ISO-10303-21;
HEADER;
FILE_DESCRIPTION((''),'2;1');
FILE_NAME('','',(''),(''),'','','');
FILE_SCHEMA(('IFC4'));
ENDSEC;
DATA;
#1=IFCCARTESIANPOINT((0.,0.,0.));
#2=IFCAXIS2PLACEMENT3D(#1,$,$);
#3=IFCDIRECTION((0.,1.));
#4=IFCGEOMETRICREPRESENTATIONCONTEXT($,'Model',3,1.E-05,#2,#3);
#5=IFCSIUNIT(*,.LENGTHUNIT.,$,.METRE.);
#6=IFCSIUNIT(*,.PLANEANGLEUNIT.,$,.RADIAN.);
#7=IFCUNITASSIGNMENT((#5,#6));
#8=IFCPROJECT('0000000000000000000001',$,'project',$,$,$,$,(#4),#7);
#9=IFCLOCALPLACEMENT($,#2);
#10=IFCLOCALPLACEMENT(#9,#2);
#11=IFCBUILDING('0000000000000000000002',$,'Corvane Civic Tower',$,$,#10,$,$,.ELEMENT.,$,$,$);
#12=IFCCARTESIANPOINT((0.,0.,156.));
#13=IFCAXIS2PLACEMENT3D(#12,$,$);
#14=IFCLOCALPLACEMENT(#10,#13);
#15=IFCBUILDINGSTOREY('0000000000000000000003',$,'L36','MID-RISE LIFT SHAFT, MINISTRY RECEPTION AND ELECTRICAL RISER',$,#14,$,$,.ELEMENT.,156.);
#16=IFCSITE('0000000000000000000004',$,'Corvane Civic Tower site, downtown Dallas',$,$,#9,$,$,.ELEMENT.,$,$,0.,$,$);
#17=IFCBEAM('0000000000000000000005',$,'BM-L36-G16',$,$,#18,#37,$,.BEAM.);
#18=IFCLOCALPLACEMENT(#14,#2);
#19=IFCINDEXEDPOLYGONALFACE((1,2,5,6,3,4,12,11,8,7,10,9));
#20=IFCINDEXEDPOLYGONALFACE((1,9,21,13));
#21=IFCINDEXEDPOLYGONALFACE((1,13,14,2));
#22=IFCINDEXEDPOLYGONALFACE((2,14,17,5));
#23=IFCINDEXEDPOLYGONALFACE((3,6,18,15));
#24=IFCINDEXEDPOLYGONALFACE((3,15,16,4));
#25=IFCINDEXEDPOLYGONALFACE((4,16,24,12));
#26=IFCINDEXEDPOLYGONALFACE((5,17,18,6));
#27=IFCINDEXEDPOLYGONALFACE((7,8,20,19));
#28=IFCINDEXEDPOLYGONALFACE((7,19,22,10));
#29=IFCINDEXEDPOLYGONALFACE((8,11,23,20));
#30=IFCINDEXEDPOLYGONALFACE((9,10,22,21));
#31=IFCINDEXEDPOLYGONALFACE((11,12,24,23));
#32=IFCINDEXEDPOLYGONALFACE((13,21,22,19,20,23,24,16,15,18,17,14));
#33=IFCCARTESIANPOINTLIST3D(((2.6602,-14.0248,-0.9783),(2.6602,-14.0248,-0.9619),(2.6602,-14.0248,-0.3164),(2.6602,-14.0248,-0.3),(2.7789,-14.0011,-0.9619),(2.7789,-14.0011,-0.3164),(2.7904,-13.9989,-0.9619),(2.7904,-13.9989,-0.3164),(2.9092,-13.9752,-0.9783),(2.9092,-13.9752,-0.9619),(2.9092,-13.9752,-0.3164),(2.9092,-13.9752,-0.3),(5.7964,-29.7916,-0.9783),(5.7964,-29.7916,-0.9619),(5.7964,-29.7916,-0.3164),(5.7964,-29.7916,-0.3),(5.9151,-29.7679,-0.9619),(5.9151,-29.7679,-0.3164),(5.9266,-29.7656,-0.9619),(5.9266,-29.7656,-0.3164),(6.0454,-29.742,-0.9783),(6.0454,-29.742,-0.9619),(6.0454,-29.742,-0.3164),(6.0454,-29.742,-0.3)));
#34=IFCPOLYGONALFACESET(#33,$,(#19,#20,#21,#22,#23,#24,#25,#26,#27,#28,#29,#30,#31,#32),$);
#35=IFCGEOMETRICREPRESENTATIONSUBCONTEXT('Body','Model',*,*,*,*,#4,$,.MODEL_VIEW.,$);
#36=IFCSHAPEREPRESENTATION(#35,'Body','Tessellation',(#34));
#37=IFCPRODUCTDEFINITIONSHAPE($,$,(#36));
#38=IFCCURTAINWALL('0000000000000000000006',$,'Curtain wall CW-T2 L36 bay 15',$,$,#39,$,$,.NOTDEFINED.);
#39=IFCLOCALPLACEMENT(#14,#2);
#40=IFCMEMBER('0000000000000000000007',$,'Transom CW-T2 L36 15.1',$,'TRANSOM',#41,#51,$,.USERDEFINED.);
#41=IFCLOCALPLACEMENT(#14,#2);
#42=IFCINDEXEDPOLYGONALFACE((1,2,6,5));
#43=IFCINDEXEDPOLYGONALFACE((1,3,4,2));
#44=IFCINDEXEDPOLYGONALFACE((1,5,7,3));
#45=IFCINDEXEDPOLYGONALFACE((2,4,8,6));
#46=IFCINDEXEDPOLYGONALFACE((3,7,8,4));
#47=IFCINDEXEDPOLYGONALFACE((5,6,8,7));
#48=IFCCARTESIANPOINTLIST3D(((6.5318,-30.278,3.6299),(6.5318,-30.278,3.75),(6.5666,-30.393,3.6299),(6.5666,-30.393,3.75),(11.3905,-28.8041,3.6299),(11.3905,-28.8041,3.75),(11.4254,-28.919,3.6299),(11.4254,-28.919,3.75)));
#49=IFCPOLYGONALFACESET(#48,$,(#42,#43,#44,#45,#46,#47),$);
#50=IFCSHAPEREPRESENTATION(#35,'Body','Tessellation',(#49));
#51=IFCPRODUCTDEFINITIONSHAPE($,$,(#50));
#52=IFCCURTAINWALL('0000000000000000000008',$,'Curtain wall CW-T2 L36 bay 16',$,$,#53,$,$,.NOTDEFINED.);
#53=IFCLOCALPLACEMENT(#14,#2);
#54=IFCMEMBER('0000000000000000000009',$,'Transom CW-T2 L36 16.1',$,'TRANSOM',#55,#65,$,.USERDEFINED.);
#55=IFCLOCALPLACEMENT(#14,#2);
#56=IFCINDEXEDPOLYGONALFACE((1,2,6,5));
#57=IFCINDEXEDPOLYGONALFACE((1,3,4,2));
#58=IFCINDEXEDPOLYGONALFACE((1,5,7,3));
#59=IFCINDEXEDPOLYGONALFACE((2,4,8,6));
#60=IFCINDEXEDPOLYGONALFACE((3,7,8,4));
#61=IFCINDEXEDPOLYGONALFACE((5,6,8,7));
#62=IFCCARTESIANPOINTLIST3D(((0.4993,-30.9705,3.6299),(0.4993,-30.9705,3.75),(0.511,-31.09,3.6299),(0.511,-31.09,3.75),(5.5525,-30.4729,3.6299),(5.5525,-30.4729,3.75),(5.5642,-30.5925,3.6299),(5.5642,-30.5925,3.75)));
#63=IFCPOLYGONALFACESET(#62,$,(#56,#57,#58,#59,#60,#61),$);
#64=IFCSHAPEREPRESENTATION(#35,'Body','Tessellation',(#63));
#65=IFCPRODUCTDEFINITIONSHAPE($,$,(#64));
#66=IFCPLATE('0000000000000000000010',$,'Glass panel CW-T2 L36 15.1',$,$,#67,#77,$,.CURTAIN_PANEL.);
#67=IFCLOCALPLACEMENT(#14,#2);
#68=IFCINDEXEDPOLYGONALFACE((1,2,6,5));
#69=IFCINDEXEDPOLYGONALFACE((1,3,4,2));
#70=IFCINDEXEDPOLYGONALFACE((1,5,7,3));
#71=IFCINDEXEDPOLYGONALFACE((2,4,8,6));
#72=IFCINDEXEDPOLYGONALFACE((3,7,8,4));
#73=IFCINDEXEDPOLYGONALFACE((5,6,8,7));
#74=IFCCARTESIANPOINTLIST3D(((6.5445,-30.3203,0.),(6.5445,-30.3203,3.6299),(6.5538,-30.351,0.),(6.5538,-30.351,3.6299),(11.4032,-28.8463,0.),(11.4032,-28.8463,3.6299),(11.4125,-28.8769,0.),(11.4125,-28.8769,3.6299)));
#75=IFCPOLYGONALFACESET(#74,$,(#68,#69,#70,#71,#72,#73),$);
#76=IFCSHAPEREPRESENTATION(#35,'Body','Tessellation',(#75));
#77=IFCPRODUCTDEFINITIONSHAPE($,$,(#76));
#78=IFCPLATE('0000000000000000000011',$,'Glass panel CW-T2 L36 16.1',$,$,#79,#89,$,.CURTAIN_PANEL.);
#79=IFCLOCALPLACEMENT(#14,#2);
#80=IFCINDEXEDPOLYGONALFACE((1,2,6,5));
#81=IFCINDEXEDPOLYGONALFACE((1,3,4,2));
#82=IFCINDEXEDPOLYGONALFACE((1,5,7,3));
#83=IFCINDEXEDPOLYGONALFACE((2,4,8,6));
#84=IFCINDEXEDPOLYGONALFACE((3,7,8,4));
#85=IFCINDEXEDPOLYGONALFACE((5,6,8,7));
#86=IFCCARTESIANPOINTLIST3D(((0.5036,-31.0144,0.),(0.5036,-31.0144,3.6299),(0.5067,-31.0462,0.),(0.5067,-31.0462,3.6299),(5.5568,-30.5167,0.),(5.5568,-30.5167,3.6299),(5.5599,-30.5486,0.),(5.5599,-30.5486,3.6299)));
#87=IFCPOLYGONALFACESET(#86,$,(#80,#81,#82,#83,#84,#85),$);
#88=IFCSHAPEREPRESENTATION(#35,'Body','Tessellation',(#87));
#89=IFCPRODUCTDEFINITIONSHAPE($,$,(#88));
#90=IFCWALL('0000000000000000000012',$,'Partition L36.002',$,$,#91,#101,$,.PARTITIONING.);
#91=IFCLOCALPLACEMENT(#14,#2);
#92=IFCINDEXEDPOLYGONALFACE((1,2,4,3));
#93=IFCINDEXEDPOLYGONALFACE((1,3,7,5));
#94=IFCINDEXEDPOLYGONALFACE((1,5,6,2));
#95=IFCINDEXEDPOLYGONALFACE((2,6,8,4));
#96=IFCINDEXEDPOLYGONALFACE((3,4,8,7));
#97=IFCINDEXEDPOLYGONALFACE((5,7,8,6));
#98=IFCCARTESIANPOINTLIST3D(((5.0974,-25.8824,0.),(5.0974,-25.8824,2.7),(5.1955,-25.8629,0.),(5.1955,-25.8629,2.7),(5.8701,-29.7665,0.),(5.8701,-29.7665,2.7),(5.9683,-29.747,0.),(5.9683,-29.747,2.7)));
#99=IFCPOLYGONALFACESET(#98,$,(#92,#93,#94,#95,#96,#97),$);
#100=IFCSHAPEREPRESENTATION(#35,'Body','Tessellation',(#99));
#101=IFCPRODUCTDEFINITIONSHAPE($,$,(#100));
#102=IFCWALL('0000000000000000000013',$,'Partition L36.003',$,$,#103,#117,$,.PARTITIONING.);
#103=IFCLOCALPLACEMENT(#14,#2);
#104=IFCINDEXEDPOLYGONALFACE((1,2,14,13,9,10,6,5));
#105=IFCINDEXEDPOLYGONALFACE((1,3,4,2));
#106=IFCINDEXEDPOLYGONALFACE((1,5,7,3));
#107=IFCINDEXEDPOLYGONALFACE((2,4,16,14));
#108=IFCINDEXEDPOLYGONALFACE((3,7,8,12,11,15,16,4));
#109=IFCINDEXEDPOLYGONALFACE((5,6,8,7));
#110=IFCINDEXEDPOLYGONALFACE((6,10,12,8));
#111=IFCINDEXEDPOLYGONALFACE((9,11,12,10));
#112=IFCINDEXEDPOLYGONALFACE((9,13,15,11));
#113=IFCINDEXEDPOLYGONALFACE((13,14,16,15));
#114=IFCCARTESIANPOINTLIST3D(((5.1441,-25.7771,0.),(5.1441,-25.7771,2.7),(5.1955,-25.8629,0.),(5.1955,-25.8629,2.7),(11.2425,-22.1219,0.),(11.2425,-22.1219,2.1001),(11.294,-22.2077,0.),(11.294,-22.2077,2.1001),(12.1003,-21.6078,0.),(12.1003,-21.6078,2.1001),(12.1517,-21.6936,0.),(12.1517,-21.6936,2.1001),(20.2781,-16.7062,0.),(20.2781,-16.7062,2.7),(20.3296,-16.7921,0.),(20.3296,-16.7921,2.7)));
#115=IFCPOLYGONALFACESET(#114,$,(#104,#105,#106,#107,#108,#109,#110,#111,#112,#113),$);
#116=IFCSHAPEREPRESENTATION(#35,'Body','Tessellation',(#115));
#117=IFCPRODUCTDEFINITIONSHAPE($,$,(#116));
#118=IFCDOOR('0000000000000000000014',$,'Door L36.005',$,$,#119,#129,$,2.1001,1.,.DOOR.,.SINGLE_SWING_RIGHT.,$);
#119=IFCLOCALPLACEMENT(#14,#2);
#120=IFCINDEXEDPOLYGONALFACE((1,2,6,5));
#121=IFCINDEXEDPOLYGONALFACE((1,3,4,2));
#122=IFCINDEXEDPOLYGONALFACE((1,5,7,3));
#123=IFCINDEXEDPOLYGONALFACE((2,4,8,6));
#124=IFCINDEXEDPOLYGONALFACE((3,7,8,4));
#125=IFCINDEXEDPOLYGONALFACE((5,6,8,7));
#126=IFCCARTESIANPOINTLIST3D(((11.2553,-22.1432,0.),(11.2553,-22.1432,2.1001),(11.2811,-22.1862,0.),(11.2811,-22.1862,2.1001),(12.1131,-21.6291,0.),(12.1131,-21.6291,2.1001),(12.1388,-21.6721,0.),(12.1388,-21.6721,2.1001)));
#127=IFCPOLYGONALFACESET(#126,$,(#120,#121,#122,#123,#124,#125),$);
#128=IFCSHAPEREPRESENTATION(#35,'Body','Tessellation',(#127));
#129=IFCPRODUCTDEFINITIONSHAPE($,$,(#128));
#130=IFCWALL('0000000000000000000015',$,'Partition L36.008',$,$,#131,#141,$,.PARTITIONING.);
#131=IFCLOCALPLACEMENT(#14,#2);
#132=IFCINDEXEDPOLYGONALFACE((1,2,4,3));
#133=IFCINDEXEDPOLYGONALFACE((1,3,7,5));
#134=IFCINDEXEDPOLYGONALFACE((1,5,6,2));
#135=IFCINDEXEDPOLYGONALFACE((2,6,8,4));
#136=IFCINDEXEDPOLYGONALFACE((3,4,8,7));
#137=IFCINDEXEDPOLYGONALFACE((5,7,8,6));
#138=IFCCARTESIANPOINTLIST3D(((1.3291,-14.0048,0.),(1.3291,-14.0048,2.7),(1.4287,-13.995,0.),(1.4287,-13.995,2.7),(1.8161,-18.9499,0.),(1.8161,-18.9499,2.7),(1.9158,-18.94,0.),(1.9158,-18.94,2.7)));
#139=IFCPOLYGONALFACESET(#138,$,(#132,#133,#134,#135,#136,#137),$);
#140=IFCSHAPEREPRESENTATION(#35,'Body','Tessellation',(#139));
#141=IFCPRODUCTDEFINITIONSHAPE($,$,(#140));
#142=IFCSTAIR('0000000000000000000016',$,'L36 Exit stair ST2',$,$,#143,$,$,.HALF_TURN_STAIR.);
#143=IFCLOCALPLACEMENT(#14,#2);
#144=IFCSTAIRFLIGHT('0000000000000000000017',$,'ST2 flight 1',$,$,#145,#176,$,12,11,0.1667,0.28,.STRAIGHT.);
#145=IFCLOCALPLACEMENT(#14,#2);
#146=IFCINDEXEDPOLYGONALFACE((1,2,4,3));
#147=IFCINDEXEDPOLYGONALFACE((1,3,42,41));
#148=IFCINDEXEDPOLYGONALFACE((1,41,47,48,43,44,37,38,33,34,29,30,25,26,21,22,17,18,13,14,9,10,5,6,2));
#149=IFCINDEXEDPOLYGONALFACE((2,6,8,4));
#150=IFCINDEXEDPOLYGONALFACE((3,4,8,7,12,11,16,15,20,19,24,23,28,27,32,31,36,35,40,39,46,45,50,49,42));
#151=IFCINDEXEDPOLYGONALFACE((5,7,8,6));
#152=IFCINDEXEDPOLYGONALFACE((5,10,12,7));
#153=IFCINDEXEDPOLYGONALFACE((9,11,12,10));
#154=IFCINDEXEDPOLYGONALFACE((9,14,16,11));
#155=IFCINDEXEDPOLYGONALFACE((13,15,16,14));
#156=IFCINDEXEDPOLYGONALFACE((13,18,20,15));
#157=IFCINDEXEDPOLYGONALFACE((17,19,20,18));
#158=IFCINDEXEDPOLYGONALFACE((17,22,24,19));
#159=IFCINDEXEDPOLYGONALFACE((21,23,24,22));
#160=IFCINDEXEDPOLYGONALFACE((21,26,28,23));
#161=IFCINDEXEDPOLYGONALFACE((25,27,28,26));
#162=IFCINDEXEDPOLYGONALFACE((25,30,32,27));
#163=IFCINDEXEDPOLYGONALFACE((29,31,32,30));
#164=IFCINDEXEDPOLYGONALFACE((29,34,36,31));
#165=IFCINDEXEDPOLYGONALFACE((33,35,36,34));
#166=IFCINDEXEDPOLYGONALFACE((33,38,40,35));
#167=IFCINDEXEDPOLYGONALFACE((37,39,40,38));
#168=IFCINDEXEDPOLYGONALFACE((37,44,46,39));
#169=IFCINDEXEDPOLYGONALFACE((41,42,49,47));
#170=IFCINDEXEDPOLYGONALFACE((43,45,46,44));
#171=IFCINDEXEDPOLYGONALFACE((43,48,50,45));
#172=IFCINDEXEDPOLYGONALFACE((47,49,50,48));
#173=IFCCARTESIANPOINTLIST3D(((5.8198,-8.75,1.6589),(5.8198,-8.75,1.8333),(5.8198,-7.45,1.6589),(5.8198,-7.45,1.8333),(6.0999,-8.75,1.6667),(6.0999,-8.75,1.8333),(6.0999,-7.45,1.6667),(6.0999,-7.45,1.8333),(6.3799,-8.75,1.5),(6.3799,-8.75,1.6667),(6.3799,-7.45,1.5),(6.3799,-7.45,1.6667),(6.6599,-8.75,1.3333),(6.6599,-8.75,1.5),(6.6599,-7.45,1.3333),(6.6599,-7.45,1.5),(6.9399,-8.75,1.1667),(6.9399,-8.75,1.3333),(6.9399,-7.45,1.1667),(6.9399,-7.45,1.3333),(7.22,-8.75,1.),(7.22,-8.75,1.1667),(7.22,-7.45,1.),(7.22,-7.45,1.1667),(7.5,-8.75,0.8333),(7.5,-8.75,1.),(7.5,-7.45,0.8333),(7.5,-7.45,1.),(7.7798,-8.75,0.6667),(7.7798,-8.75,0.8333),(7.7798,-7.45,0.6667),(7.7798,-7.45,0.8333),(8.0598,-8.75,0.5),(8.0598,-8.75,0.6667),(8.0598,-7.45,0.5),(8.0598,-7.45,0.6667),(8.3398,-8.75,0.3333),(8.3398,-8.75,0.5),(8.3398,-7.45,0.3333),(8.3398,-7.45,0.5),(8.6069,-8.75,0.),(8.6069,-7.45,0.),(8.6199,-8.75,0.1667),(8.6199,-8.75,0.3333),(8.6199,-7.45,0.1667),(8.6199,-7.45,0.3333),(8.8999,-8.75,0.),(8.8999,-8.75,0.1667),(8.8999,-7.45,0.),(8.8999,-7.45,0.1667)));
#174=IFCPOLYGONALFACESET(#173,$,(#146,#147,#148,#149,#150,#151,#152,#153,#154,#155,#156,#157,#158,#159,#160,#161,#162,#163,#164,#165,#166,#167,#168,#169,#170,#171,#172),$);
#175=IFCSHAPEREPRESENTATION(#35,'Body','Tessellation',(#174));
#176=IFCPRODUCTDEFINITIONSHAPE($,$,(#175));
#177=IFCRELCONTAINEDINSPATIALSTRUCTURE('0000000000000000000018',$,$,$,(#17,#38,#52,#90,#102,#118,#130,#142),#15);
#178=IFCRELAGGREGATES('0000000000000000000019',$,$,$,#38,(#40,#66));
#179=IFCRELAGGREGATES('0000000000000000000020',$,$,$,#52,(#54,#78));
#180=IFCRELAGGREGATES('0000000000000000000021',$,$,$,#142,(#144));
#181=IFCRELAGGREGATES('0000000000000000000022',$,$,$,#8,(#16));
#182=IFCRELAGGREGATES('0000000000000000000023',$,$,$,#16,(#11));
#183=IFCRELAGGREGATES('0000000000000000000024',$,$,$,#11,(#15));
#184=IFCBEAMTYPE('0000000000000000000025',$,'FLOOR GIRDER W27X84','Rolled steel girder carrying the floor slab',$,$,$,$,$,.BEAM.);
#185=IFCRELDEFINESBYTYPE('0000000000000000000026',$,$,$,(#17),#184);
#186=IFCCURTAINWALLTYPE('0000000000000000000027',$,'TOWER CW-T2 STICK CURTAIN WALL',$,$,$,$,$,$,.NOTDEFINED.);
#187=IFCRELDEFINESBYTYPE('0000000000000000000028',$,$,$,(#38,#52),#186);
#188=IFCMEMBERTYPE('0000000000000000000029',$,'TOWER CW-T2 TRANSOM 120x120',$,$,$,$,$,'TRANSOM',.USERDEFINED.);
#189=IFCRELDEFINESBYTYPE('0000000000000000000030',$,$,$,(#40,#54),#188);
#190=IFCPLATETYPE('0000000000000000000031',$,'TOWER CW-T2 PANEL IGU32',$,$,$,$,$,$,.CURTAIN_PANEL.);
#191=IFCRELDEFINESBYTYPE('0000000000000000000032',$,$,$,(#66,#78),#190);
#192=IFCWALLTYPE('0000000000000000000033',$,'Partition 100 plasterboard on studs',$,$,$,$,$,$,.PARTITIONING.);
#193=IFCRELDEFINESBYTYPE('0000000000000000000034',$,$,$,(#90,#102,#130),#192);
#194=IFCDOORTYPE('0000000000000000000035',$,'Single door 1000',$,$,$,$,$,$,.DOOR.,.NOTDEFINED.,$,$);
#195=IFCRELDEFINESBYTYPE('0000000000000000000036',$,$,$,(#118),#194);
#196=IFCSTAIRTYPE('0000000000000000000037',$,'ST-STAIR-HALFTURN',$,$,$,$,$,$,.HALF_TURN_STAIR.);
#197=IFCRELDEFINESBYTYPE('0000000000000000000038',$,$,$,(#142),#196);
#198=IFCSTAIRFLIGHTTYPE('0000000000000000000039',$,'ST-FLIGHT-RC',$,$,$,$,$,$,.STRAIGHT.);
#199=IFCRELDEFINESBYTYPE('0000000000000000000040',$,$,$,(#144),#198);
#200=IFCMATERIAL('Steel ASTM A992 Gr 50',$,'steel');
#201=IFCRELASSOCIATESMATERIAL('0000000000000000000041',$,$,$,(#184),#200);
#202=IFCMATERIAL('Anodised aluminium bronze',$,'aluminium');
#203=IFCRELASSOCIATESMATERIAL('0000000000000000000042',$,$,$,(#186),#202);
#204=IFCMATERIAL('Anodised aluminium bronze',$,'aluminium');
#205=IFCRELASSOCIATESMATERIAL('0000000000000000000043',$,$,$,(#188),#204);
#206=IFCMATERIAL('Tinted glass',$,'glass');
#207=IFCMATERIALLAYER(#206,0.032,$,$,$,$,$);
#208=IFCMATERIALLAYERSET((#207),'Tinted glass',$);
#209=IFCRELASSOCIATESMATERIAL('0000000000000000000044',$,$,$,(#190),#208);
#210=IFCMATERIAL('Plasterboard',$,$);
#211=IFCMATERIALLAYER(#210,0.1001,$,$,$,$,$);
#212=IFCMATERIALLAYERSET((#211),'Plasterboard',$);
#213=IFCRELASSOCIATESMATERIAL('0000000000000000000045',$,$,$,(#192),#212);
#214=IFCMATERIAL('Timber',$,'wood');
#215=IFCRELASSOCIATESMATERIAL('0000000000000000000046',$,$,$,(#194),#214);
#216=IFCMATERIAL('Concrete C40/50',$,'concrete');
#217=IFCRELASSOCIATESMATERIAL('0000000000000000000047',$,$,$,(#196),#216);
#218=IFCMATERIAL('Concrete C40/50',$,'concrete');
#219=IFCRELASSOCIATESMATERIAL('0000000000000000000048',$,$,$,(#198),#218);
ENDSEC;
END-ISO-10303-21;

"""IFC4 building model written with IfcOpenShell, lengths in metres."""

from ifc_helpers import new_model, si_unit, direction, frame, frame_2d, origin, origin_2d, place, context, subcontext, project, spatial, polyline, rectangle, i_section, outline, extrude, material, layer, layer_set, material_profile, profile_set, type_object, element, fill, aggregate, save


model = new_model("IFC4")

# Units and contexts
model_context = context("Model", 3, precision=1e-05, world=origin(), true_north=direction((0.0, 1.0)))
body_context = subcontext(model_context, "Body", "Model", "MODEL_VIEW")
ifc_project = project(units=[si_unit("LENGTHUNIT", "METRE"), si_unit("PLANEANGLEUNIT", "RADIAN")], contexts=[model_context])

# Site, building, storey
site_placement = place(None, origin())
site = spatial("IfcSite", under=ifc_project, at=site_placement, Name="Corvane Civic Tower site, downtown Dallas", CompositionType="ELEMENT", RefElevation=0.0)
building_placement = place(site_placement, origin())
building = spatial("IfcBuilding", under=site, at=building_placement, Name="Corvane Civic Tower", CompositionType="ELEMENT")
storey_placement = place(building_placement, frame((0.0, 0.0, 156.0)))
storey = spatial("IfcBuildingStorey", under=building, at=storey_placement, Name="L36", Description="MID-RISE LIFT SHAFT, MINISTRY RECEPTION AND ELECTRICAL RISER", CompositionType="ELEMENT", Elevation=156.0)

# Beam
ifc_material_1 = material(Name="Steel ASTM A992 Gr 50", Category="steel")
ifc_material_profile_1 = material_profile(ifc_material_1, i_section(OverallWidth=0.2539, OverallDepth=0.6782, WebThickness=0.0117, FlangeThickness=0.0164, at=origin_2d()), Name="W27X84")
ifc_profile_set_1 = profile_set([ifc_material_profile_1], Name="Steel ASTM A992 Gr 50")
beam_type_1 = type_object("IfcBeamType", Name="FLOOR GIRDER W27X84", Description="Rolled steel girder carrying the floor slab", PredefinedType="BEAM", material=ifc_profile_set_1)
beam_1_placement = place(storey_placement, frame((2.7847, -14.0, -0.6392), z_axis=(0.195091, -0.980785, 0.0), x_axis=(0.980785, 0.195091, 0.0)))
element("IfcBeam", 1, at=beam_1_placement, inside=storey, type_object=beam_type_1, Name="BM-L36-G16", PredefinedType="BEAM", context=body_context, shape_type="SweptSolid", body=[
    extrude(i_section(OverallWidth=0.2539, OverallDepth=0.6782, WebThickness=0.0117, FlangeThickness=0.0164, at=origin_2d()), origin(), (0.0, 0.0, 1.0), 16.0757),
])

# Curtain walls, members
ifc_material_2 = material(Name="Anodised aluminium bronze", Category="aluminium")
curtain_wall_type = type_object("IfcCurtainWallType", Name="TOWER CW-T2 STICK CURTAIN WALL", PredefinedType="NOTDEFINED", material=ifc_material_2)
curtain_wall_1_placement = place(storey_placement, origin())
curtain_wall_1 = element("IfcCurtainWall", 2, at=curtain_wall_1_placement, inside=storey, type_object=curtain_wall_type, Name="Curtain wall CW-T2 L36 bay 15", PredefinedType="NOTDEFINED")
ifc_material_3 = material(Name="Anodised aluminium bronze", Category="aluminium")
ifc_material_profile_2 = material_profile(ifc_material_3, rectangle(XDim=0.1201, YDim=0.1201, at=origin_2d()), Name="TOWER CW-T2 TRANSOM 120x120")
ifc_profile_set_2 = profile_set([ifc_material_profile_2], Name="Anodised aluminium bronze")
member_type = type_object("IfcMemberType", Name="TOWER CW-T2 TRANSOM 120x120", ElementType="TRANSOM", PredefinedType="USERDEFINED", material=ifc_profile_set_2)
member_1_placement = place(storey_placement, frame((11.408, -28.8616, 3.6899), z_axis=(-0.956939, -0.290289, 0.0), x_axis=(0.290289, -0.956939, 0.0)))
member_1 = element("IfcMember", 3, at=member_1_placement, type_object=member_type, Name="Transom CW-T2 L36 15.1", ObjectType="TRANSOM", PredefinedType="USERDEFINED", context=body_context, shape_type="SweptSolid", body=[
    extrude(rectangle(XDim=0.1201, YDim=0.1201, at=origin_2d()), origin(), (0.0, 0.0, 1.0), 5.0774),
])
curtain_wall_2_placement = place(storey_placement, origin())
curtain_wall_2 = element("IfcCurtainWall", 4, at=curtain_wall_2_placement, inside=storey, type_object=curtain_wall_type, Name="Curtain wall CW-T2 L36 bay 16", PredefinedType="NOTDEFINED")
member_2_placement = place(storey_placement, frame((5.5583, -30.5327, 3.6899), z_axis=(-0.995187, -0.09799, 0.0), x_axis=(0.09799, -0.995187, 0.0)))
member_2 = element("IfcMember", 5, at=member_2_placement, type_object=member_type, Name="Transom CW-T2 L36 16.1", ObjectType="TRANSOM", PredefinedType="USERDEFINED", context=body_context, shape_type="SweptSolid", body=[
    extrude(rectangle(XDim=0.1201, YDim=0.1201, at=origin_2d()), origin(), (0.0, 0.0, 1.0), 5.0776),
])

# Plates
ifc_material_4 = material(Name="Tinted glass", Category="glass")
ifc_layer_1 = layer(ifc_material_4, 0.032)
ifc_layer_set_1 = layer_set([ifc_layer_1], Name="Tinted glass")
plate_type = type_object("IfcPlateType", Name="TOWER CW-T2 PANEL IGU32", PredefinedType="CURTAIN_PANEL", material=ifc_layer_set_1)
plate_1_placement = place(storey_placement, frame((8.9785, -29.5986, 0.0), z_axis=(0.0, 0.0, 1.0), x_axis=(-0.956932, -0.290313, 0.0)))
plate_1 = element("IfcPlate", 6, at=plate_1_placement, type_object=plate_type, Name="Glass panel CW-T2 L36 15.1", PredefinedType="CURTAIN_PANEL", context=body_context, shape_type="SweptSolid", body=[
    extrude(rectangle(XDim=5.0774, YDim=0.032, at=origin_2d()), origin(), (0.0, 0.0, 1.0), 3.6299),
])
aggregate(curtain_wall_1, [member_1, plate_1])
plate_2_placement = place(storey_placement, frame((3.0317, -30.7815, 0.0), z_axis=(0.0, 0.0, 1.0), x_axis=(-0.995185, -0.098012, 0.0)))
plate_2 = element("IfcPlate", 7, at=plate_2_placement, type_object=plate_type, Name="Glass panel CW-T2 L36 16.1", PredefinedType="CURTAIN_PANEL", context=body_context, shape_type="SweptSolid", body=[
    extrude(rectangle(XDim=5.0776, YDim=0.032, at=origin_2d()), origin(), (0.0, 0.0, 1.0), 3.6299),
])
aggregate(curtain_wall_2, [member_2, plate_2])

# Wall
ifc_material_5 = material(Name="Plasterboard")
ifc_layer_2 = layer(ifc_material_5, 0.1001)
ifc_layer_set_2 = layer_set([ifc_layer_2], Name="Plasterboard")
wall_type = type_object("IfcWallType", Name="Partition 100 plasterboard on studs", PredefinedType="PARTITIONING", material=ifc_layer_set_2)
wall_1_placement = place(storey_placement, frame((5.1465, -25.8728, 0.0), z_axis=(0.0, 0.0, 1.0), x_axis=(0.19512, -0.980779, 0.0)))
element("IfcWall", 8, at=wall_1_placement, inside=storey, type_object=wall_type, Name="Partition L36.002", PredefinedType="PARTITIONING", context=body_context, shape_type="SweptSolid", body=[
    extrude(rectangle(XDim=3.9602, YDim=0.1001, at=frame_2d((1.98, 0.0))), origin(), (0.0, 0.0, 1.0), 2.7),
])

# Wall, opening, door
wall_2_placement = place(storey_placement, frame((5.1697, -25.8201, 0.0), z_axis=(0.0, 0.0, 1.0), x_axis=(0.857733, 0.514095, 0.0)))
wall_2 = element("IfcWall", 9, at=wall_2_placement, inside=storey, type_object=wall_type, Name="Partition L36.003", PredefinedType="PARTITIONING", context=body_context, shape_type="SweptSolid", body=[
    extrude(rectangle(XDim=17.6443, YDim=0.1001, at=frame_2d((8.8223, 0.0))), origin(), (0.0, 0.0, 1.0), 2.7),
])
opening_placement = place(wall_2_placement, frame((7.1101, 0.0, 0.0)))
opening = element("IfcOpeningElement", 10, at=opening_placement, cuts=wall_2, PredefinedType="OPENING", context=body_context, shape_type="SweptSolid", body=[
    extrude(rectangle(XDim=1.0, YDim=2.1001, at=frame_2d((0.5, 1.05))), frame((0.0, 0.0601, 0.0), z_axis=(0.0, -1.0, 0.0), x_axis=(1.0, 0.0, 0.0)), (0.0, 0.0, 1.0), 0.1201),
])
ifc_material_6 = material(Name="Timber", Category="wood")
door_type = type_object("IfcDoorType", Name="Single door 1000", OperationType="NOTDEFINED", PredefinedType="DOOR", material=ifc_material_6)
door_placement = place(opening_placement, frame((1.0, 0.0, 0.0), z_axis=(0.0, 0.0, 1.0), x_axis=(-1.0, 0.0, 0.0)))
door = element("IfcDoor", 11, at=door_placement, inside=storey, type_object=door_type, Name="Door L36.005", OperationType="SINGLE_SWING_RIGHT", OverallHeight=2.1001, OverallWidth=1.0, PredefinedType="DOOR", context=body_context, shape_type="SweptSolid", body=[
    extrude(rectangle(XDim=1.0, YDim=2.1001, at=frame_2d((0.5, 1.05))), frame((0.0, 0.0249, 0.0), z_axis=(0.0, -1.0, 0.0), x_axis=(1.0, 0.0, 0.0)), (0.0, 0.0, 1.0), 0.05),
])
fill(opening, door)

# Wall
wall_3_placement = place(storey_placement, frame((1.3789, -14.0, 0.0), z_axis=(0.0, 0.0, 1.0), x_axis=(0.09802, -0.995184, 0.0)))
element("IfcWall", 12, at=wall_3_placement, inside=storey, type_object=wall_type, Name="Partition L36.008", PredefinedType="PARTITIONING", context=body_context, shape_type="SweptSolid", body=[
    extrude(rectangle(XDim=4.969, YDim=0.1001, at=frame_2d((2.4844, 0.0))), origin(), (0.0, 0.0, 1.0), 2.7),
])

# Stair, stair flight
ifc_material_7 = material(Name="Concrete C40/50", Category="concrete")
stair_type = type_object("IfcStairType", Name="ST-STAIR-HALFTURN", PredefinedType="HALF_TURN_STAIR", material=ifc_material_7)
stair_placement = place(storey_placement, origin())
stair = element("IfcStair", 13, at=stair_placement, inside=storey, type_object=stair_type, Name="L36 Exit stair ST2", PredefinedType="HALF_TURN_STAIR")
ifc_material_8 = material(Name="Concrete C40/50", Category="concrete")
stair_flight_type = type_object("IfcStairFlightType", Name="ST-FLIGHT-RC", PredefinedType="STRAIGHT", material=ifc_material_8)
stair_flight_1_placement = place(storey_placement, frame((8.8999, -8.1001, 0.0), z_axis=(0.0, 0.0, 1.0), x_axis=(-1.0, 0.0, 0.0)))
stair_flight_1 = element("IfcStairFlight", 14, at=stair_flight_1_placement, type_object=stair_flight_type, Name="ST2 flight 1", NumberOfRisers=12, NumberOfTreads=11, PredefinedType="STRAIGHT", RiserHeight=0.1667, TreadLength=0.28, context=body_context, shape_type="SweptSolid", body=[
    extrude(outline(polyline([(0.0, 0.0), (0.0, 0.1667), (0.28, 0.1667), (0.28, 0.3333), (0.5601, 0.3333), (0.5601, 0.5), (0.8401, 0.5), (0.8401, 0.6667), (1.1201, 0.6667), (1.1201, 0.8333), (1.3999, 0.8333), (1.3999, 1.0), (1.6799, 1.0), (1.6799, 1.1667), (1.96, 1.1667), (1.96, 1.3333), (2.24, 1.3333), (2.24, 1.5), (2.52, 1.5), (2.52, 1.6667), (2.8, 1.6667), (2.8, 1.8333), (3.0801, 1.8333), (3.0801, 2.0), (3.0801, 1.6589), (0.293, 0.0), (0.0, 0.0)])), frame((0.0, 0.6499, 0.0), z_axis=(0.0, -1.0, 0.0), x_axis=(1.0, 0.0, 0.0)), (0.0, 0.0, 1.0), 1.3),
])
aggregate(stair, [stair_flight_1])

save(model, "model.ifc")
